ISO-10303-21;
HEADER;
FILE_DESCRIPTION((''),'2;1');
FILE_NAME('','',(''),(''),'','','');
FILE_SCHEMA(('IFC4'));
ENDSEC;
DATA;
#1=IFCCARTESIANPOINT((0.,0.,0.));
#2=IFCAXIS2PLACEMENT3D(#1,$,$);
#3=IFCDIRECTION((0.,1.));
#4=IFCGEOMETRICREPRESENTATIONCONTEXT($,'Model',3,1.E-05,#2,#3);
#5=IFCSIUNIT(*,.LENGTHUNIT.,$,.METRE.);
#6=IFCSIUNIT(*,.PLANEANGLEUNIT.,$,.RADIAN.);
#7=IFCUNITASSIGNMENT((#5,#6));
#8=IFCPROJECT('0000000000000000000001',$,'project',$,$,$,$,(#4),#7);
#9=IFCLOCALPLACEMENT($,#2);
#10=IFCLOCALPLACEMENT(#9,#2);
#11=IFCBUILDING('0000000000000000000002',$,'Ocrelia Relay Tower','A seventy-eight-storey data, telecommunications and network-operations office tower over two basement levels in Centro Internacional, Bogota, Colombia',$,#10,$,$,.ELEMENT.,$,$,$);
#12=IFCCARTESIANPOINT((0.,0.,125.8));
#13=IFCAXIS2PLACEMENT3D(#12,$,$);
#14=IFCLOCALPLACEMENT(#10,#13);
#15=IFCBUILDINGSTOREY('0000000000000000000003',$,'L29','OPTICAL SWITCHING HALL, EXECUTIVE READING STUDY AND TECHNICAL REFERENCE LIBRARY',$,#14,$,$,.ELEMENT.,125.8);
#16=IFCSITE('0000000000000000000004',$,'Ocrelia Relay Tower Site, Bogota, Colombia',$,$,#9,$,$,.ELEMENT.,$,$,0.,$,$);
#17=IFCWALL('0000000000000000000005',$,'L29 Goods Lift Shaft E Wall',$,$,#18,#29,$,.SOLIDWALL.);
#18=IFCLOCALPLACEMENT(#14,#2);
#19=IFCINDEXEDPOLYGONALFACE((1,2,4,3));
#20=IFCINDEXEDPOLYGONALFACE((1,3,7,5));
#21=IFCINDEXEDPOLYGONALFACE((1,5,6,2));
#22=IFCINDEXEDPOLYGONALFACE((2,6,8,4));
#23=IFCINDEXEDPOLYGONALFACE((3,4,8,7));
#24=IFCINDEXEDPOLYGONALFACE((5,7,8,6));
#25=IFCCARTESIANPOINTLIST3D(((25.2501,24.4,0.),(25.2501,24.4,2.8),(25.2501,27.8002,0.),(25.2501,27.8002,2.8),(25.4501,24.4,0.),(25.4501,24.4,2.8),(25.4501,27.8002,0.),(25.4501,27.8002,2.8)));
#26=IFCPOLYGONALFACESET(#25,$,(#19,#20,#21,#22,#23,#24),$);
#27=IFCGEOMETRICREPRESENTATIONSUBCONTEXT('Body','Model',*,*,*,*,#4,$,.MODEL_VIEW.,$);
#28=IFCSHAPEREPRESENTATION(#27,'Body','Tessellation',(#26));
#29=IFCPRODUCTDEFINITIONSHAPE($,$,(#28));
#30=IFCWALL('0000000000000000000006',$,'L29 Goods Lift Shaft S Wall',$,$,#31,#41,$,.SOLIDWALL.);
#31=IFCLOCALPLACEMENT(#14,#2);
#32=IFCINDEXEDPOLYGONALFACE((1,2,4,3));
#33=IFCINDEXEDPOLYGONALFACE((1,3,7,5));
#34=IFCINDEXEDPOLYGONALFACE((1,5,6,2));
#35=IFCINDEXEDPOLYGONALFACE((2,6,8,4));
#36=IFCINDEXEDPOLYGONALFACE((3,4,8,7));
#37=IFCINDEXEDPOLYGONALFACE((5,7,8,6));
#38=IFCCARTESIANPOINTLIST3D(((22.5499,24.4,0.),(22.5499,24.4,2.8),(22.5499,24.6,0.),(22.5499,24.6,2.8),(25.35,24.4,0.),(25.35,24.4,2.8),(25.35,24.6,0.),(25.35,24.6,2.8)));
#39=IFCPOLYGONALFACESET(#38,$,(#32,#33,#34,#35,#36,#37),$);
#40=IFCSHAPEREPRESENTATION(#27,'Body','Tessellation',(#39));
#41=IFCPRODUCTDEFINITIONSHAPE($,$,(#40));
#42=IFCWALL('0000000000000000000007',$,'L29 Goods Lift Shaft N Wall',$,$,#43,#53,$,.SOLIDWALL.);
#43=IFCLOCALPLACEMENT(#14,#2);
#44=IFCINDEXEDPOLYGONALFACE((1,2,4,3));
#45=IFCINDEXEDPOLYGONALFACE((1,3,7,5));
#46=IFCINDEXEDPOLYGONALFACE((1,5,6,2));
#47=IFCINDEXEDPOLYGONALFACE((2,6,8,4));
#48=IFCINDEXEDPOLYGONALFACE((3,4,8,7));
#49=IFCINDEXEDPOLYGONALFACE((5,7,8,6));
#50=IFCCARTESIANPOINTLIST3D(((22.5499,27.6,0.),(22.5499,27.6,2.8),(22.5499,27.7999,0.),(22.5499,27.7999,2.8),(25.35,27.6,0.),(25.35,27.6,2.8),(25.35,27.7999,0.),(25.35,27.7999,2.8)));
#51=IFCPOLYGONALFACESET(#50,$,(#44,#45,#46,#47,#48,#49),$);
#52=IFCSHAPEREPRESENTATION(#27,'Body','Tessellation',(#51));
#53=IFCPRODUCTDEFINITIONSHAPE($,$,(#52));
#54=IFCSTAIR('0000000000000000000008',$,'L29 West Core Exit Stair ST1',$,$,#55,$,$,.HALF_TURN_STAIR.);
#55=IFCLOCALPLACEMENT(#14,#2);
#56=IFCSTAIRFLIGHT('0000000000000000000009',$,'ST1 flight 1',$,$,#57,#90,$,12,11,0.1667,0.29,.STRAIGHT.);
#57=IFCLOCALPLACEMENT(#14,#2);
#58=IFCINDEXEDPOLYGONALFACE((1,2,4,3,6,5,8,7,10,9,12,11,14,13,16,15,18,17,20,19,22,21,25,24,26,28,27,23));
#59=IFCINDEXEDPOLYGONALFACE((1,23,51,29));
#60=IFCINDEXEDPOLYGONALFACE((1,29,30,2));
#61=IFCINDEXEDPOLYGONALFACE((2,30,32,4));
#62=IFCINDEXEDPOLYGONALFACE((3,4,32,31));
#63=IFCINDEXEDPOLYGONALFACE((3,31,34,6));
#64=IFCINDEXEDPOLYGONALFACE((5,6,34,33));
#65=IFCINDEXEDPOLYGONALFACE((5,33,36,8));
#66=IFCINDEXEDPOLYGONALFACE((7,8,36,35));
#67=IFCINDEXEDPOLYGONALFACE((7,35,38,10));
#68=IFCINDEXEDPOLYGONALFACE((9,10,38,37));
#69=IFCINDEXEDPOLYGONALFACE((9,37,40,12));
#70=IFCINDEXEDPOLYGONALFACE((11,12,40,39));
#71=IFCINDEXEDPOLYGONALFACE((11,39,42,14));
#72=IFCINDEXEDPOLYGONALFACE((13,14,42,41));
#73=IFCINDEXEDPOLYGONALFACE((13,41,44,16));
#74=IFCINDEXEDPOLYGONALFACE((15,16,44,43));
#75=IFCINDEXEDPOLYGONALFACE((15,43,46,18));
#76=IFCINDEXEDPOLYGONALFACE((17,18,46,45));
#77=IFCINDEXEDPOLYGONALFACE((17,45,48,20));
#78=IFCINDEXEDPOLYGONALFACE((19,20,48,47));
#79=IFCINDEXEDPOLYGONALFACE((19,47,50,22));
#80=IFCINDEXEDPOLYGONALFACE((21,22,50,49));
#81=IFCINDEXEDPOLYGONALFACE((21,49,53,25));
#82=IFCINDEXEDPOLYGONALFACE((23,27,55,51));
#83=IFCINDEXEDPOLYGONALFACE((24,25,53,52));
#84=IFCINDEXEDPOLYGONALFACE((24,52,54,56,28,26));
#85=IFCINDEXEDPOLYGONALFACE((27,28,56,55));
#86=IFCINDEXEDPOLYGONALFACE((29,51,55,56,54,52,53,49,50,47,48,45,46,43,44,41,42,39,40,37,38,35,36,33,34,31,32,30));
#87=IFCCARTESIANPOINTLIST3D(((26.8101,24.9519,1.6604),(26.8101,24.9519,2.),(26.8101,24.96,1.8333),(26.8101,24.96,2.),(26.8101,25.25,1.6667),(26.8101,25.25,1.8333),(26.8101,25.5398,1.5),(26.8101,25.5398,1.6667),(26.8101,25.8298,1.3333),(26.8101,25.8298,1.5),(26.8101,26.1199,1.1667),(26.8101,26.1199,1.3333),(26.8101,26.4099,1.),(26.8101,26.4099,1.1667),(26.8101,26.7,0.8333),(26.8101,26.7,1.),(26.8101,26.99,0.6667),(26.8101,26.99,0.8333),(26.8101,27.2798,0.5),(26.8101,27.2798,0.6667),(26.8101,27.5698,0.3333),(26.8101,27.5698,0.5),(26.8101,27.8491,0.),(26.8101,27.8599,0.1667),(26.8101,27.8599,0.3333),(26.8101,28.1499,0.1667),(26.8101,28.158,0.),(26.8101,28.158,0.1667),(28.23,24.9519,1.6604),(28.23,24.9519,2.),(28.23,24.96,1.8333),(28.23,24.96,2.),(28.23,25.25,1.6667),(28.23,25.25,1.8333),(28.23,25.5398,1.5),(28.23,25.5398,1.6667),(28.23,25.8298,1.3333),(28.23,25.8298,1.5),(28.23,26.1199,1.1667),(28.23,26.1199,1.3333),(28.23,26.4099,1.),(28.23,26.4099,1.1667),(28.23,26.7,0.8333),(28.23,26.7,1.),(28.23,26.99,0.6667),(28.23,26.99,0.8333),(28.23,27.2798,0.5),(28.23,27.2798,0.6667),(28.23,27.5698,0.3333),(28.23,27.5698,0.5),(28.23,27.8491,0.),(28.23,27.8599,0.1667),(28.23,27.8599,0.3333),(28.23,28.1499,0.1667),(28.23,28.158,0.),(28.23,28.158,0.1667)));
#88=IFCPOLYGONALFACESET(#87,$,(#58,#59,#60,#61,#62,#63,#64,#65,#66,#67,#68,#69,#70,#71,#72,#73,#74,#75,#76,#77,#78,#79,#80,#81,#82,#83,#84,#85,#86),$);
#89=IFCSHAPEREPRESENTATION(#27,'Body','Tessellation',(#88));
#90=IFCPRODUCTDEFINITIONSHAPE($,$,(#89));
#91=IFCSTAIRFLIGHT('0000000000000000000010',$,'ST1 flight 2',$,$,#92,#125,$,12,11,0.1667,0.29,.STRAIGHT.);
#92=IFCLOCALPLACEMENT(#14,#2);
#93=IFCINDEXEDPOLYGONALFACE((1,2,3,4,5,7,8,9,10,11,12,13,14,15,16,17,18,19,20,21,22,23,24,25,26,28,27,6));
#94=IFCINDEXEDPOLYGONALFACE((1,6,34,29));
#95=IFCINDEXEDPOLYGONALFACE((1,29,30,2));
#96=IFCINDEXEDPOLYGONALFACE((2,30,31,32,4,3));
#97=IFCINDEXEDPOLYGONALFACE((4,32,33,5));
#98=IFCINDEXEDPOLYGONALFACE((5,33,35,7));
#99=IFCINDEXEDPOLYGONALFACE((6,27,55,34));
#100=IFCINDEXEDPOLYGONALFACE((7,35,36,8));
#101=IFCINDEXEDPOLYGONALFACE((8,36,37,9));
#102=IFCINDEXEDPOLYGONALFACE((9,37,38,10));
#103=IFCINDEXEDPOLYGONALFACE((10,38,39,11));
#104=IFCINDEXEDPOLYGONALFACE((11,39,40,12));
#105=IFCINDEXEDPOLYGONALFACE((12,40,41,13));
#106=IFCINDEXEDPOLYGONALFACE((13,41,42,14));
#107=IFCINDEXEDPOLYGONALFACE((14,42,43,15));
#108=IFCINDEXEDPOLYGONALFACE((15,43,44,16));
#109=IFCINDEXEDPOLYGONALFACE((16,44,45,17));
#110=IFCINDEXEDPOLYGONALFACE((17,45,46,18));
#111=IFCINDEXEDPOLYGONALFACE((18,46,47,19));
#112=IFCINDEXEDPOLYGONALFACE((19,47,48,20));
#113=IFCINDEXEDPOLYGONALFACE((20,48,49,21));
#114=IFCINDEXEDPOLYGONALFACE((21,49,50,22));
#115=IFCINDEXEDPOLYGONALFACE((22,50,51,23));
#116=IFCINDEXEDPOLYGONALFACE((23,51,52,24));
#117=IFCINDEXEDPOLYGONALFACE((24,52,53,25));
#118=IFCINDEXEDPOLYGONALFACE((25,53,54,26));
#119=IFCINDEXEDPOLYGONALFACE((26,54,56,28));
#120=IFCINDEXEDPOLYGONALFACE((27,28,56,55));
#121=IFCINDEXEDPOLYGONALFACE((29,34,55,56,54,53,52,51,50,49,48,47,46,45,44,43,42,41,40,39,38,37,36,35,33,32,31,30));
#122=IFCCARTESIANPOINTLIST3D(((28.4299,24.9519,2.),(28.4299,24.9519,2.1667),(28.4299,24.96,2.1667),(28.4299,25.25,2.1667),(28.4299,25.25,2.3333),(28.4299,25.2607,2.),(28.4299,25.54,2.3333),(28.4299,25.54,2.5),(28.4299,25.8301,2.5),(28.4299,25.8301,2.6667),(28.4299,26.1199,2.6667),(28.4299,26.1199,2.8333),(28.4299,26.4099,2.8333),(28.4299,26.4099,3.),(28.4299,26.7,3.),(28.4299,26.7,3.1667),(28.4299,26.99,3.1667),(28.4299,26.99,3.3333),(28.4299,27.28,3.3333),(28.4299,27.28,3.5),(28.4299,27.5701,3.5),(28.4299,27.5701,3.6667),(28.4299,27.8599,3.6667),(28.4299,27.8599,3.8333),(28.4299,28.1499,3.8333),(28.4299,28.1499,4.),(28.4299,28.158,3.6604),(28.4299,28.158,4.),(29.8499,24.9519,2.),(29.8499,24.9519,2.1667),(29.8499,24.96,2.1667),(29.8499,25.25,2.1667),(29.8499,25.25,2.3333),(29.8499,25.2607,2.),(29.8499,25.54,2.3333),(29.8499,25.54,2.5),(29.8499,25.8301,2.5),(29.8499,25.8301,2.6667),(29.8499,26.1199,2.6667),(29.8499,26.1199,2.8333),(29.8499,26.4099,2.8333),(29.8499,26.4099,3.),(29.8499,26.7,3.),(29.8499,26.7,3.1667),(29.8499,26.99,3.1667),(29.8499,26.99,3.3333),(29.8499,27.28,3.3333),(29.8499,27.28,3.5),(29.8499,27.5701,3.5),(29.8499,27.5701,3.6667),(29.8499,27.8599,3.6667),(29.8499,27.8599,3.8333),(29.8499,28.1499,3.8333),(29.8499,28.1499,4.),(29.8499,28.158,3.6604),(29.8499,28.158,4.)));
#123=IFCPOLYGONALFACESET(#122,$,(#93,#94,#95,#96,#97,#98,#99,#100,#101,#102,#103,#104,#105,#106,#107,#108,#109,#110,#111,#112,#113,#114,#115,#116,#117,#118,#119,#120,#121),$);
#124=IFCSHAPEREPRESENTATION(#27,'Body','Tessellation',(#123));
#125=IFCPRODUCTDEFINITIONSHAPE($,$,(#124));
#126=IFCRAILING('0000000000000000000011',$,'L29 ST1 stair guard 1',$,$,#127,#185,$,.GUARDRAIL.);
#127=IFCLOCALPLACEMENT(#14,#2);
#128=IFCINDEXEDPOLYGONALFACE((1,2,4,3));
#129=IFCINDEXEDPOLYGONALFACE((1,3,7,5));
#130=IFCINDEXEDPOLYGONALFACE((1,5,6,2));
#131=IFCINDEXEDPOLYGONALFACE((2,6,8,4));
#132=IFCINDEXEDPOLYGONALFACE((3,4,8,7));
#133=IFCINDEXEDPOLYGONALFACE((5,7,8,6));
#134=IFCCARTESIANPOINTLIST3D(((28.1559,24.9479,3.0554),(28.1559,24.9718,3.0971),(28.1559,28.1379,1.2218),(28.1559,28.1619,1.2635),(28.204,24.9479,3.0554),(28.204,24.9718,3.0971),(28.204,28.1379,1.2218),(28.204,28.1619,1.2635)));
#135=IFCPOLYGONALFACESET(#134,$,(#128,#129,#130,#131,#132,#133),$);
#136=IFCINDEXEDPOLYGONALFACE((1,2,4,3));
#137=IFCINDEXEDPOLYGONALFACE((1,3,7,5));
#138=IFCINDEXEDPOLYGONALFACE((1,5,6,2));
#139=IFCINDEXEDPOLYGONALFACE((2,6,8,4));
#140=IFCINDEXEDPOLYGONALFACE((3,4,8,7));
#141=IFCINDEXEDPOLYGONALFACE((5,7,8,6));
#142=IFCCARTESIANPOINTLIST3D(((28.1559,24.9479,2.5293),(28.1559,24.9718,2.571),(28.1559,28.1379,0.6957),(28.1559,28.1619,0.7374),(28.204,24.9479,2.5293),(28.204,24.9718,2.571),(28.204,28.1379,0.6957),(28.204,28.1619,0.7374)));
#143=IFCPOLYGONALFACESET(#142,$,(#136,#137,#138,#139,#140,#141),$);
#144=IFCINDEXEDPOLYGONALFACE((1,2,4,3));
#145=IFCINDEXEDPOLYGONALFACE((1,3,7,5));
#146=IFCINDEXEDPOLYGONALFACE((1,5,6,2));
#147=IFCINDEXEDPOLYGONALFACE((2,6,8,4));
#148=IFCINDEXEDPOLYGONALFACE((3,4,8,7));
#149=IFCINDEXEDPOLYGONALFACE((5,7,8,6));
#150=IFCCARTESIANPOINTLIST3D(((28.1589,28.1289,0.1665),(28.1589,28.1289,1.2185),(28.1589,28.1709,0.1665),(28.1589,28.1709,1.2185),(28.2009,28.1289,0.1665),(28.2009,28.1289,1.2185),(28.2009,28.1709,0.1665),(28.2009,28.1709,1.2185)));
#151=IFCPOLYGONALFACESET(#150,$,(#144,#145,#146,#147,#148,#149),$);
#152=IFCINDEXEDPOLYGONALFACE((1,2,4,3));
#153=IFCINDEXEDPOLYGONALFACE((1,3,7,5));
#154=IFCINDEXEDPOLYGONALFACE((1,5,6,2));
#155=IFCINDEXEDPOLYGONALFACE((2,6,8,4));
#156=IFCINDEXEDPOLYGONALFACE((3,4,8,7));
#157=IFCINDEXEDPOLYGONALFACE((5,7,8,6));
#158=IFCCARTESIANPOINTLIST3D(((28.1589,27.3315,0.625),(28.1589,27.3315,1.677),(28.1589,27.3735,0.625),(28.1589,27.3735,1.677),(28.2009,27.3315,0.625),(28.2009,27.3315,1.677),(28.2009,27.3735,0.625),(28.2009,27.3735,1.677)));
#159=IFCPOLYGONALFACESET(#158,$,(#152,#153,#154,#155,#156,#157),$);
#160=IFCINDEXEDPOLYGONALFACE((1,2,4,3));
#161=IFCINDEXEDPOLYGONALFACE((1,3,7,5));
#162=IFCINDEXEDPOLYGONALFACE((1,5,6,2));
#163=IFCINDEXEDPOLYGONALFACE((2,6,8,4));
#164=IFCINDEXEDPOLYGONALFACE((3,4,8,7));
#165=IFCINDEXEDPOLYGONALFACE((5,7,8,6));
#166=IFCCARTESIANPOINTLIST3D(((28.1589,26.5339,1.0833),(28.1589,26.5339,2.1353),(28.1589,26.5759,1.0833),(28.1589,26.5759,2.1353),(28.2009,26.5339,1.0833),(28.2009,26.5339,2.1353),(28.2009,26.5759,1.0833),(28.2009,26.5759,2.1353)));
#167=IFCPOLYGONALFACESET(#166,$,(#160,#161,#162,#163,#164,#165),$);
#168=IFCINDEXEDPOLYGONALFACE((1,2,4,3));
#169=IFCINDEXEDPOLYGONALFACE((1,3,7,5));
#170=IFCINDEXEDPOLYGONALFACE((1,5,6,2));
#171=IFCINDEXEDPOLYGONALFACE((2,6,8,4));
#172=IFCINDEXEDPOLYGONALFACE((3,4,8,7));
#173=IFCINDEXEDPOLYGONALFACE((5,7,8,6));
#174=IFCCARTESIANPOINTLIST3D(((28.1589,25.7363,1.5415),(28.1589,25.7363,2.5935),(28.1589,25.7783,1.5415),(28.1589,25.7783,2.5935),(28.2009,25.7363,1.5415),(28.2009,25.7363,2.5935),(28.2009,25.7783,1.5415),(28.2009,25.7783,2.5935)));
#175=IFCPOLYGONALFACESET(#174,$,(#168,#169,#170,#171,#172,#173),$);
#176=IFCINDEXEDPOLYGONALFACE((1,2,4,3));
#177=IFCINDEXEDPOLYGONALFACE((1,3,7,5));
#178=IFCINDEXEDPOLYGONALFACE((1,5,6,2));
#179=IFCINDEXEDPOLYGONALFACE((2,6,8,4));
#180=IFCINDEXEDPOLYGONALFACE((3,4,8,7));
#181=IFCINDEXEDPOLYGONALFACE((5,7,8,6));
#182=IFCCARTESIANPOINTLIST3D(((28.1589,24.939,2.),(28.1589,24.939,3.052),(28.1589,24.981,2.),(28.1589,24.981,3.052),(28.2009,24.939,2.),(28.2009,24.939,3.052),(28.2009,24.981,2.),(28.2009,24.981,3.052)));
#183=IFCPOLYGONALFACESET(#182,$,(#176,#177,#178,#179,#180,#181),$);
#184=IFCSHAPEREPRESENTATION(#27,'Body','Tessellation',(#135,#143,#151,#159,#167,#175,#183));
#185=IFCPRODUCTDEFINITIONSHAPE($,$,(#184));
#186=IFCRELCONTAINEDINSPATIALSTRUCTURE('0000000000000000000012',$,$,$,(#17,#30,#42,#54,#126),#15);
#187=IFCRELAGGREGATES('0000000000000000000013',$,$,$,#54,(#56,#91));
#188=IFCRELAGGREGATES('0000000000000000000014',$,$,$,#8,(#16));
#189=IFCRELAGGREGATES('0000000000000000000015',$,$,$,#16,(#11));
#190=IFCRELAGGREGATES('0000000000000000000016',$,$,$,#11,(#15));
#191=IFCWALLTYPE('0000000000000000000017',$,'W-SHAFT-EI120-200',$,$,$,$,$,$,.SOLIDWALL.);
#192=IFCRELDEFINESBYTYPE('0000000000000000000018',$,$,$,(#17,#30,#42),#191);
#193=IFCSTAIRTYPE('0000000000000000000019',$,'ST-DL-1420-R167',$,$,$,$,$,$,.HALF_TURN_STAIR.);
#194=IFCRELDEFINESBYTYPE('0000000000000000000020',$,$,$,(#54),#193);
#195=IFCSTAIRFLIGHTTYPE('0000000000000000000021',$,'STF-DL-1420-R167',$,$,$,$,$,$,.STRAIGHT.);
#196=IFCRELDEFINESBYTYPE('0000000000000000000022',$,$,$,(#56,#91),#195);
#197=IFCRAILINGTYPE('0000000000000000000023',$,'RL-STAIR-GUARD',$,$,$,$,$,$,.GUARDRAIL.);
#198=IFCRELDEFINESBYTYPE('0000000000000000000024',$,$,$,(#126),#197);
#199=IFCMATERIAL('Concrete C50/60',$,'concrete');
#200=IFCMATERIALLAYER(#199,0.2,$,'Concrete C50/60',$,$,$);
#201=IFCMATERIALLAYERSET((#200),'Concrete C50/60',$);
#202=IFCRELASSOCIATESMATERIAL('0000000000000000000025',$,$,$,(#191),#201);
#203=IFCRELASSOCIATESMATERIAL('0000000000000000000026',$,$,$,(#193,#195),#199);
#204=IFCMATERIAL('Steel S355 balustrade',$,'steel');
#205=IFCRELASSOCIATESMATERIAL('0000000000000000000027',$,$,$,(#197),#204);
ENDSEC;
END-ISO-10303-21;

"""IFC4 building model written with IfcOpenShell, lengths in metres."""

from ifc_helpers import new_model, si_unit, direction, frame, frame_2d, origin, origin_2d, place, context, subcontext, project, spatial, polyline, rectangle, outline, extrude, material, layer, layer_set, type_object, element, aggregate, save


model = new_model("IFC4")

# Units and contexts
model_context = context("Model", 3, precision=1e-05, world=origin(), true_north=direction((0.0, 1.0)))
body_context = subcontext(model_context, "Body", "Model", "MODEL_VIEW")
ifc_project = project(units=[si_unit("LENGTHUNIT", "METRE"), si_unit("PLANEANGLEUNIT", "RADIAN")], contexts=[model_context])

# Site, building, storey
site_placement = place(None, origin())
site = spatial("IfcSite", under=ifc_project, at=site_placement, Name="Ocrelia Relay Tower Site, Bogota, Colombia", CompositionType="ELEMENT", RefElevation=0.0)
building_placement = place(site_placement, origin())
building = spatial("IfcBuilding", under=site, at=building_placement, Name="Ocrelia Relay Tower", Description="A seventy-eight-storey data, telecommunications and network-operations office tower over two basement levels in Centro Internacional, Bogota, Colombia", CompositionType="ELEMENT")
storey_placement = place(building_placement, frame((0.0, 0.0, 125.8)))
storey = spatial("IfcBuildingStorey", under=building, at=storey_placement, Name="L29", Description="OPTICAL SWITCHING HALL, EXECUTIVE READING STUDY AND TECHNICAL REFERENCE LIBRARY", CompositionType="ELEMENT", Elevation=125.8)

# Shared definitions
ifc_material_1 = material(Name="Concrete C50/60", Category="concrete")

# Shared definitions
ifc_layer_1 = layer(ifc_material_1, 0.2, Name="Concrete C50/60")
ifc_layer_set_1 = layer_set([ifc_layer_1], Name="Concrete C50/60")
wall_type_1 = type_object("IfcWallType", Name="W-SHAFT-EI120-200", PredefinedType="SOLIDWALL", material=ifc_layer_set_1)

# Walls
wall_1_placement = place(storey_placement, frame((25.3501, 24.3999, 0.0), z_axis=(0.0, 0.0, 1.0), x_axis=(0.0, 1.0, 0.0)))
element("IfcWall", 1, at=wall_1_placement, inside=storey, type_object=wall_type_1, Name="L29 Goods Lift Shaft E Wall", PredefinedType="SOLIDWALL", context=body_context, shape_type="SweptSolid", body=[
    extrude(rectangle(XDim=3.4001, YDim=0.2, at=frame_2d((1.7002, 0.0))), origin(), (0.0, 0.0, 1.0), 2.8),
])
for number, where, z_axis, x_axis, name in (
    (2, (22.55, 24.5, 0.0), (0.0, 0.0, 1.0), (1.0, 0.0, 0.0), "L29 Goods Lift Shaft S Wall"),
    (3, (22.55, 27.7, 0.0), (0.0, 0.0, 1.0), (1.0, 0.0, 0.0), "L29 Goods Lift Shaft N Wall"),
):
    element("IfcWall", number, at=place(storey_placement, frame(where, z_axis=z_axis, x_axis=x_axis)), inside=storey, type_object=wall_type_1, Name=name, PredefinedType="SOLIDWALL", context=body_context, shape_type="SweptSolid", body=[
        extrude(rectangle(XDim=2.8, YDim=0.2, at=frame_2d((1.3999, 0.0))), origin(), (0.0, 0.0, 1.0), 2.8),
    ])

# Stair, stair flights
stair_type = type_object("IfcStairType", Name="ST-DL-1420-R167", PredefinedType="HALF_TURN_STAIR", material=ifc_material_1)
stair_placement = place(storey_placement, origin())
stair = element("IfcStair", 4, at=stair_placement, inside=storey, type_object=stair_type, Name="L29 West Core Exit Stair ST1", PredefinedType="HALF_TURN_STAIR")
stair_flight_type = type_object("IfcStairFlightType", Name="STF-DL-1420-R167", PredefinedType="STRAIGHT", material=ifc_material_1)
stair_flight_1_placement = place(storey_placement, frame((27.52, 28.1499, 0.0), z_axis=(0.0, 0.0, 1.0), x_axis=(0.0, -1.0, 0.0)))
stair_flight_1 = element("IfcStairFlight", 5, at=stair_flight_1_placement, type_object=stair_flight_type, Name="ST1 flight 1", NumberOfRisers=12, NumberOfTreads=11, PredefinedType="STRAIGHT", RiserHeight=0.1667, TreadLength=0.29, context=body_context, shape_type="SweptSolid", body=[
    extrude(outline(polyline([(-0.0081, 0.0), (-0.0081, 0.1667), (0.0, 0.1667), (0.29, 0.1667), (0.29, 0.3333), (0.5801, 0.3333), (0.5801, 0.5), (0.8701, 0.5), (0.8701, 0.6667), (1.1599, 0.6667), (1.1599, 0.8333), (1.45, 0.8333), (1.45, 1.0), (1.74, 1.0), (1.74, 1.1667), (2.03, 1.1667), (2.03, 1.3333), (2.3201, 1.3333), (2.3201, 1.5), (2.6101, 1.5), (2.6101, 1.6667), (2.8999, 1.6667), (2.8999, 1.8333), (3.1899, 1.8333), (3.1899, 2.0), (3.198, 2.0), (3.198, 1.6604), (0.3008, 0.0), (-0.0081, 0.0)])), frame((0.0, 0.71, 0.0), z_axis=(0.0, -1.0, 0.0), x_axis=(1.0, 0.0, 0.0)), (0.0, 0.0, 1.0), 1.4199),
])
stair_flight_2_placement = place(storey_placement, frame((29.1399, 24.96, 2.0), z_axis=(0.0, 0.0, 1.0), x_axis=(0.0, 1.0, 0.0)))
stair_flight_2 = element("IfcStairFlight", 6, at=stair_flight_2_placement, type_object=stair_flight_type, Name="ST1 flight 2", NumberOfRisers=12, NumberOfTreads=11, PredefinedType="STRAIGHT", RiserHeight=0.1667, TreadLength=0.29, context=body_context, shape_type="SweptSolid", body=[
    extrude(outline(polyline([(-0.0081, 0.0), (-0.0081, 0.1667), (0.0, 0.1667), (0.29, 0.1667), (0.29, 0.3333), (0.5801, 0.3333), (0.5801, 0.5), (0.8701, 0.5), (0.8701, 0.6667), (1.1599, 0.6667), (1.1599, 0.8333), (1.45, 0.8333), (1.45, 1.0), (1.74, 1.0), (1.74, 1.1667), (2.03, 1.1667), (2.03, 1.3333), (2.3201, 1.3333), (2.3201, 1.5), (2.6101, 1.5), (2.6101, 1.6667), (2.8999, 1.6667), (2.8999, 1.8333), (3.1899, 1.8333), (3.1899, 2.0), (3.198, 2.0), (3.198, 1.6604), (0.3008, 0.0), (-0.0081, 0.0)])), frame((0.0, 0.71, 0.0), z_axis=(0.0, -1.0, 0.0), x_axis=(1.0, 0.0, 0.0)), (0.0, 0.0, 1.0), 1.4199),
])
aggregate(stair, [stair_flight_1, stair_flight_2])

# Railing
ifc_material_2 = material(Name="Steel S355 balustrade", Category="steel")
railing_type_1 = type_object("IfcRailingType", Name="RL-STAIR-GUARD", PredefinedType="GUARDRAIL", material=ifc_material_2)
railing_1_placement = place(storey_placement, frame((28.1799, 28.1499, 0.1665)))
element("IfcRailing", 7, at=railing_1_placement, inside=storey, type_object=railing_type_1, Name="L29 ST1 stair guard 1", PredefinedType="GUARDRAIL", context=body_context, shape_type="SweptSolid", body=[
    extrude(rectangle(XDim=0.0481, YDim=0.0481, at=origin_2d()), frame((0.0, 0.0, 1.0762), z_axis=(0.0, -0.866991, 0.498324), x_axis=(1.0, 0.0, 0.0)), (0.0, 0.0, 1.0), 3.6794),
    extrude(rectangle(XDim=0.0481, YDim=0.0481, at=origin_2d()), frame((0.0, 0.0, 0.55), z_axis=(0.0, -0.866991, 0.498324), x_axis=(1.0, 0.0, 0.0)), (0.0, 0.0, 1.0), 3.6794),
    extrude(rectangle(XDim=0.042, YDim=0.042, at=origin_2d()), origin(), (0.0, 0.0, 1.0), 1.052),
    extrude(rectangle(XDim=0.042, YDim=0.042, at=origin_2d()), frame((0.0, -0.7974, 0.4585)), (0.0, 0.0, 1.0), 1.052),
    extrude(rectangle(XDim=0.042, YDim=0.042, at=origin_2d()), frame((0.0, -1.595, 0.9167)), (0.0, 0.0, 1.0), 1.052),
    extrude(rectangle(XDim=0.042, YDim=0.042, at=origin_2d()), frame((0.0, -2.3926, 1.375)), (0.0, 0.0, 1.0), 1.052),
    extrude(rectangle(XDim=0.042, YDim=0.042, at=origin_2d()), frame((0.0, -3.1899, 1.8335)), (0.0, 0.0, 1.0), 1.052),
])

save(model, "model.ifc")
